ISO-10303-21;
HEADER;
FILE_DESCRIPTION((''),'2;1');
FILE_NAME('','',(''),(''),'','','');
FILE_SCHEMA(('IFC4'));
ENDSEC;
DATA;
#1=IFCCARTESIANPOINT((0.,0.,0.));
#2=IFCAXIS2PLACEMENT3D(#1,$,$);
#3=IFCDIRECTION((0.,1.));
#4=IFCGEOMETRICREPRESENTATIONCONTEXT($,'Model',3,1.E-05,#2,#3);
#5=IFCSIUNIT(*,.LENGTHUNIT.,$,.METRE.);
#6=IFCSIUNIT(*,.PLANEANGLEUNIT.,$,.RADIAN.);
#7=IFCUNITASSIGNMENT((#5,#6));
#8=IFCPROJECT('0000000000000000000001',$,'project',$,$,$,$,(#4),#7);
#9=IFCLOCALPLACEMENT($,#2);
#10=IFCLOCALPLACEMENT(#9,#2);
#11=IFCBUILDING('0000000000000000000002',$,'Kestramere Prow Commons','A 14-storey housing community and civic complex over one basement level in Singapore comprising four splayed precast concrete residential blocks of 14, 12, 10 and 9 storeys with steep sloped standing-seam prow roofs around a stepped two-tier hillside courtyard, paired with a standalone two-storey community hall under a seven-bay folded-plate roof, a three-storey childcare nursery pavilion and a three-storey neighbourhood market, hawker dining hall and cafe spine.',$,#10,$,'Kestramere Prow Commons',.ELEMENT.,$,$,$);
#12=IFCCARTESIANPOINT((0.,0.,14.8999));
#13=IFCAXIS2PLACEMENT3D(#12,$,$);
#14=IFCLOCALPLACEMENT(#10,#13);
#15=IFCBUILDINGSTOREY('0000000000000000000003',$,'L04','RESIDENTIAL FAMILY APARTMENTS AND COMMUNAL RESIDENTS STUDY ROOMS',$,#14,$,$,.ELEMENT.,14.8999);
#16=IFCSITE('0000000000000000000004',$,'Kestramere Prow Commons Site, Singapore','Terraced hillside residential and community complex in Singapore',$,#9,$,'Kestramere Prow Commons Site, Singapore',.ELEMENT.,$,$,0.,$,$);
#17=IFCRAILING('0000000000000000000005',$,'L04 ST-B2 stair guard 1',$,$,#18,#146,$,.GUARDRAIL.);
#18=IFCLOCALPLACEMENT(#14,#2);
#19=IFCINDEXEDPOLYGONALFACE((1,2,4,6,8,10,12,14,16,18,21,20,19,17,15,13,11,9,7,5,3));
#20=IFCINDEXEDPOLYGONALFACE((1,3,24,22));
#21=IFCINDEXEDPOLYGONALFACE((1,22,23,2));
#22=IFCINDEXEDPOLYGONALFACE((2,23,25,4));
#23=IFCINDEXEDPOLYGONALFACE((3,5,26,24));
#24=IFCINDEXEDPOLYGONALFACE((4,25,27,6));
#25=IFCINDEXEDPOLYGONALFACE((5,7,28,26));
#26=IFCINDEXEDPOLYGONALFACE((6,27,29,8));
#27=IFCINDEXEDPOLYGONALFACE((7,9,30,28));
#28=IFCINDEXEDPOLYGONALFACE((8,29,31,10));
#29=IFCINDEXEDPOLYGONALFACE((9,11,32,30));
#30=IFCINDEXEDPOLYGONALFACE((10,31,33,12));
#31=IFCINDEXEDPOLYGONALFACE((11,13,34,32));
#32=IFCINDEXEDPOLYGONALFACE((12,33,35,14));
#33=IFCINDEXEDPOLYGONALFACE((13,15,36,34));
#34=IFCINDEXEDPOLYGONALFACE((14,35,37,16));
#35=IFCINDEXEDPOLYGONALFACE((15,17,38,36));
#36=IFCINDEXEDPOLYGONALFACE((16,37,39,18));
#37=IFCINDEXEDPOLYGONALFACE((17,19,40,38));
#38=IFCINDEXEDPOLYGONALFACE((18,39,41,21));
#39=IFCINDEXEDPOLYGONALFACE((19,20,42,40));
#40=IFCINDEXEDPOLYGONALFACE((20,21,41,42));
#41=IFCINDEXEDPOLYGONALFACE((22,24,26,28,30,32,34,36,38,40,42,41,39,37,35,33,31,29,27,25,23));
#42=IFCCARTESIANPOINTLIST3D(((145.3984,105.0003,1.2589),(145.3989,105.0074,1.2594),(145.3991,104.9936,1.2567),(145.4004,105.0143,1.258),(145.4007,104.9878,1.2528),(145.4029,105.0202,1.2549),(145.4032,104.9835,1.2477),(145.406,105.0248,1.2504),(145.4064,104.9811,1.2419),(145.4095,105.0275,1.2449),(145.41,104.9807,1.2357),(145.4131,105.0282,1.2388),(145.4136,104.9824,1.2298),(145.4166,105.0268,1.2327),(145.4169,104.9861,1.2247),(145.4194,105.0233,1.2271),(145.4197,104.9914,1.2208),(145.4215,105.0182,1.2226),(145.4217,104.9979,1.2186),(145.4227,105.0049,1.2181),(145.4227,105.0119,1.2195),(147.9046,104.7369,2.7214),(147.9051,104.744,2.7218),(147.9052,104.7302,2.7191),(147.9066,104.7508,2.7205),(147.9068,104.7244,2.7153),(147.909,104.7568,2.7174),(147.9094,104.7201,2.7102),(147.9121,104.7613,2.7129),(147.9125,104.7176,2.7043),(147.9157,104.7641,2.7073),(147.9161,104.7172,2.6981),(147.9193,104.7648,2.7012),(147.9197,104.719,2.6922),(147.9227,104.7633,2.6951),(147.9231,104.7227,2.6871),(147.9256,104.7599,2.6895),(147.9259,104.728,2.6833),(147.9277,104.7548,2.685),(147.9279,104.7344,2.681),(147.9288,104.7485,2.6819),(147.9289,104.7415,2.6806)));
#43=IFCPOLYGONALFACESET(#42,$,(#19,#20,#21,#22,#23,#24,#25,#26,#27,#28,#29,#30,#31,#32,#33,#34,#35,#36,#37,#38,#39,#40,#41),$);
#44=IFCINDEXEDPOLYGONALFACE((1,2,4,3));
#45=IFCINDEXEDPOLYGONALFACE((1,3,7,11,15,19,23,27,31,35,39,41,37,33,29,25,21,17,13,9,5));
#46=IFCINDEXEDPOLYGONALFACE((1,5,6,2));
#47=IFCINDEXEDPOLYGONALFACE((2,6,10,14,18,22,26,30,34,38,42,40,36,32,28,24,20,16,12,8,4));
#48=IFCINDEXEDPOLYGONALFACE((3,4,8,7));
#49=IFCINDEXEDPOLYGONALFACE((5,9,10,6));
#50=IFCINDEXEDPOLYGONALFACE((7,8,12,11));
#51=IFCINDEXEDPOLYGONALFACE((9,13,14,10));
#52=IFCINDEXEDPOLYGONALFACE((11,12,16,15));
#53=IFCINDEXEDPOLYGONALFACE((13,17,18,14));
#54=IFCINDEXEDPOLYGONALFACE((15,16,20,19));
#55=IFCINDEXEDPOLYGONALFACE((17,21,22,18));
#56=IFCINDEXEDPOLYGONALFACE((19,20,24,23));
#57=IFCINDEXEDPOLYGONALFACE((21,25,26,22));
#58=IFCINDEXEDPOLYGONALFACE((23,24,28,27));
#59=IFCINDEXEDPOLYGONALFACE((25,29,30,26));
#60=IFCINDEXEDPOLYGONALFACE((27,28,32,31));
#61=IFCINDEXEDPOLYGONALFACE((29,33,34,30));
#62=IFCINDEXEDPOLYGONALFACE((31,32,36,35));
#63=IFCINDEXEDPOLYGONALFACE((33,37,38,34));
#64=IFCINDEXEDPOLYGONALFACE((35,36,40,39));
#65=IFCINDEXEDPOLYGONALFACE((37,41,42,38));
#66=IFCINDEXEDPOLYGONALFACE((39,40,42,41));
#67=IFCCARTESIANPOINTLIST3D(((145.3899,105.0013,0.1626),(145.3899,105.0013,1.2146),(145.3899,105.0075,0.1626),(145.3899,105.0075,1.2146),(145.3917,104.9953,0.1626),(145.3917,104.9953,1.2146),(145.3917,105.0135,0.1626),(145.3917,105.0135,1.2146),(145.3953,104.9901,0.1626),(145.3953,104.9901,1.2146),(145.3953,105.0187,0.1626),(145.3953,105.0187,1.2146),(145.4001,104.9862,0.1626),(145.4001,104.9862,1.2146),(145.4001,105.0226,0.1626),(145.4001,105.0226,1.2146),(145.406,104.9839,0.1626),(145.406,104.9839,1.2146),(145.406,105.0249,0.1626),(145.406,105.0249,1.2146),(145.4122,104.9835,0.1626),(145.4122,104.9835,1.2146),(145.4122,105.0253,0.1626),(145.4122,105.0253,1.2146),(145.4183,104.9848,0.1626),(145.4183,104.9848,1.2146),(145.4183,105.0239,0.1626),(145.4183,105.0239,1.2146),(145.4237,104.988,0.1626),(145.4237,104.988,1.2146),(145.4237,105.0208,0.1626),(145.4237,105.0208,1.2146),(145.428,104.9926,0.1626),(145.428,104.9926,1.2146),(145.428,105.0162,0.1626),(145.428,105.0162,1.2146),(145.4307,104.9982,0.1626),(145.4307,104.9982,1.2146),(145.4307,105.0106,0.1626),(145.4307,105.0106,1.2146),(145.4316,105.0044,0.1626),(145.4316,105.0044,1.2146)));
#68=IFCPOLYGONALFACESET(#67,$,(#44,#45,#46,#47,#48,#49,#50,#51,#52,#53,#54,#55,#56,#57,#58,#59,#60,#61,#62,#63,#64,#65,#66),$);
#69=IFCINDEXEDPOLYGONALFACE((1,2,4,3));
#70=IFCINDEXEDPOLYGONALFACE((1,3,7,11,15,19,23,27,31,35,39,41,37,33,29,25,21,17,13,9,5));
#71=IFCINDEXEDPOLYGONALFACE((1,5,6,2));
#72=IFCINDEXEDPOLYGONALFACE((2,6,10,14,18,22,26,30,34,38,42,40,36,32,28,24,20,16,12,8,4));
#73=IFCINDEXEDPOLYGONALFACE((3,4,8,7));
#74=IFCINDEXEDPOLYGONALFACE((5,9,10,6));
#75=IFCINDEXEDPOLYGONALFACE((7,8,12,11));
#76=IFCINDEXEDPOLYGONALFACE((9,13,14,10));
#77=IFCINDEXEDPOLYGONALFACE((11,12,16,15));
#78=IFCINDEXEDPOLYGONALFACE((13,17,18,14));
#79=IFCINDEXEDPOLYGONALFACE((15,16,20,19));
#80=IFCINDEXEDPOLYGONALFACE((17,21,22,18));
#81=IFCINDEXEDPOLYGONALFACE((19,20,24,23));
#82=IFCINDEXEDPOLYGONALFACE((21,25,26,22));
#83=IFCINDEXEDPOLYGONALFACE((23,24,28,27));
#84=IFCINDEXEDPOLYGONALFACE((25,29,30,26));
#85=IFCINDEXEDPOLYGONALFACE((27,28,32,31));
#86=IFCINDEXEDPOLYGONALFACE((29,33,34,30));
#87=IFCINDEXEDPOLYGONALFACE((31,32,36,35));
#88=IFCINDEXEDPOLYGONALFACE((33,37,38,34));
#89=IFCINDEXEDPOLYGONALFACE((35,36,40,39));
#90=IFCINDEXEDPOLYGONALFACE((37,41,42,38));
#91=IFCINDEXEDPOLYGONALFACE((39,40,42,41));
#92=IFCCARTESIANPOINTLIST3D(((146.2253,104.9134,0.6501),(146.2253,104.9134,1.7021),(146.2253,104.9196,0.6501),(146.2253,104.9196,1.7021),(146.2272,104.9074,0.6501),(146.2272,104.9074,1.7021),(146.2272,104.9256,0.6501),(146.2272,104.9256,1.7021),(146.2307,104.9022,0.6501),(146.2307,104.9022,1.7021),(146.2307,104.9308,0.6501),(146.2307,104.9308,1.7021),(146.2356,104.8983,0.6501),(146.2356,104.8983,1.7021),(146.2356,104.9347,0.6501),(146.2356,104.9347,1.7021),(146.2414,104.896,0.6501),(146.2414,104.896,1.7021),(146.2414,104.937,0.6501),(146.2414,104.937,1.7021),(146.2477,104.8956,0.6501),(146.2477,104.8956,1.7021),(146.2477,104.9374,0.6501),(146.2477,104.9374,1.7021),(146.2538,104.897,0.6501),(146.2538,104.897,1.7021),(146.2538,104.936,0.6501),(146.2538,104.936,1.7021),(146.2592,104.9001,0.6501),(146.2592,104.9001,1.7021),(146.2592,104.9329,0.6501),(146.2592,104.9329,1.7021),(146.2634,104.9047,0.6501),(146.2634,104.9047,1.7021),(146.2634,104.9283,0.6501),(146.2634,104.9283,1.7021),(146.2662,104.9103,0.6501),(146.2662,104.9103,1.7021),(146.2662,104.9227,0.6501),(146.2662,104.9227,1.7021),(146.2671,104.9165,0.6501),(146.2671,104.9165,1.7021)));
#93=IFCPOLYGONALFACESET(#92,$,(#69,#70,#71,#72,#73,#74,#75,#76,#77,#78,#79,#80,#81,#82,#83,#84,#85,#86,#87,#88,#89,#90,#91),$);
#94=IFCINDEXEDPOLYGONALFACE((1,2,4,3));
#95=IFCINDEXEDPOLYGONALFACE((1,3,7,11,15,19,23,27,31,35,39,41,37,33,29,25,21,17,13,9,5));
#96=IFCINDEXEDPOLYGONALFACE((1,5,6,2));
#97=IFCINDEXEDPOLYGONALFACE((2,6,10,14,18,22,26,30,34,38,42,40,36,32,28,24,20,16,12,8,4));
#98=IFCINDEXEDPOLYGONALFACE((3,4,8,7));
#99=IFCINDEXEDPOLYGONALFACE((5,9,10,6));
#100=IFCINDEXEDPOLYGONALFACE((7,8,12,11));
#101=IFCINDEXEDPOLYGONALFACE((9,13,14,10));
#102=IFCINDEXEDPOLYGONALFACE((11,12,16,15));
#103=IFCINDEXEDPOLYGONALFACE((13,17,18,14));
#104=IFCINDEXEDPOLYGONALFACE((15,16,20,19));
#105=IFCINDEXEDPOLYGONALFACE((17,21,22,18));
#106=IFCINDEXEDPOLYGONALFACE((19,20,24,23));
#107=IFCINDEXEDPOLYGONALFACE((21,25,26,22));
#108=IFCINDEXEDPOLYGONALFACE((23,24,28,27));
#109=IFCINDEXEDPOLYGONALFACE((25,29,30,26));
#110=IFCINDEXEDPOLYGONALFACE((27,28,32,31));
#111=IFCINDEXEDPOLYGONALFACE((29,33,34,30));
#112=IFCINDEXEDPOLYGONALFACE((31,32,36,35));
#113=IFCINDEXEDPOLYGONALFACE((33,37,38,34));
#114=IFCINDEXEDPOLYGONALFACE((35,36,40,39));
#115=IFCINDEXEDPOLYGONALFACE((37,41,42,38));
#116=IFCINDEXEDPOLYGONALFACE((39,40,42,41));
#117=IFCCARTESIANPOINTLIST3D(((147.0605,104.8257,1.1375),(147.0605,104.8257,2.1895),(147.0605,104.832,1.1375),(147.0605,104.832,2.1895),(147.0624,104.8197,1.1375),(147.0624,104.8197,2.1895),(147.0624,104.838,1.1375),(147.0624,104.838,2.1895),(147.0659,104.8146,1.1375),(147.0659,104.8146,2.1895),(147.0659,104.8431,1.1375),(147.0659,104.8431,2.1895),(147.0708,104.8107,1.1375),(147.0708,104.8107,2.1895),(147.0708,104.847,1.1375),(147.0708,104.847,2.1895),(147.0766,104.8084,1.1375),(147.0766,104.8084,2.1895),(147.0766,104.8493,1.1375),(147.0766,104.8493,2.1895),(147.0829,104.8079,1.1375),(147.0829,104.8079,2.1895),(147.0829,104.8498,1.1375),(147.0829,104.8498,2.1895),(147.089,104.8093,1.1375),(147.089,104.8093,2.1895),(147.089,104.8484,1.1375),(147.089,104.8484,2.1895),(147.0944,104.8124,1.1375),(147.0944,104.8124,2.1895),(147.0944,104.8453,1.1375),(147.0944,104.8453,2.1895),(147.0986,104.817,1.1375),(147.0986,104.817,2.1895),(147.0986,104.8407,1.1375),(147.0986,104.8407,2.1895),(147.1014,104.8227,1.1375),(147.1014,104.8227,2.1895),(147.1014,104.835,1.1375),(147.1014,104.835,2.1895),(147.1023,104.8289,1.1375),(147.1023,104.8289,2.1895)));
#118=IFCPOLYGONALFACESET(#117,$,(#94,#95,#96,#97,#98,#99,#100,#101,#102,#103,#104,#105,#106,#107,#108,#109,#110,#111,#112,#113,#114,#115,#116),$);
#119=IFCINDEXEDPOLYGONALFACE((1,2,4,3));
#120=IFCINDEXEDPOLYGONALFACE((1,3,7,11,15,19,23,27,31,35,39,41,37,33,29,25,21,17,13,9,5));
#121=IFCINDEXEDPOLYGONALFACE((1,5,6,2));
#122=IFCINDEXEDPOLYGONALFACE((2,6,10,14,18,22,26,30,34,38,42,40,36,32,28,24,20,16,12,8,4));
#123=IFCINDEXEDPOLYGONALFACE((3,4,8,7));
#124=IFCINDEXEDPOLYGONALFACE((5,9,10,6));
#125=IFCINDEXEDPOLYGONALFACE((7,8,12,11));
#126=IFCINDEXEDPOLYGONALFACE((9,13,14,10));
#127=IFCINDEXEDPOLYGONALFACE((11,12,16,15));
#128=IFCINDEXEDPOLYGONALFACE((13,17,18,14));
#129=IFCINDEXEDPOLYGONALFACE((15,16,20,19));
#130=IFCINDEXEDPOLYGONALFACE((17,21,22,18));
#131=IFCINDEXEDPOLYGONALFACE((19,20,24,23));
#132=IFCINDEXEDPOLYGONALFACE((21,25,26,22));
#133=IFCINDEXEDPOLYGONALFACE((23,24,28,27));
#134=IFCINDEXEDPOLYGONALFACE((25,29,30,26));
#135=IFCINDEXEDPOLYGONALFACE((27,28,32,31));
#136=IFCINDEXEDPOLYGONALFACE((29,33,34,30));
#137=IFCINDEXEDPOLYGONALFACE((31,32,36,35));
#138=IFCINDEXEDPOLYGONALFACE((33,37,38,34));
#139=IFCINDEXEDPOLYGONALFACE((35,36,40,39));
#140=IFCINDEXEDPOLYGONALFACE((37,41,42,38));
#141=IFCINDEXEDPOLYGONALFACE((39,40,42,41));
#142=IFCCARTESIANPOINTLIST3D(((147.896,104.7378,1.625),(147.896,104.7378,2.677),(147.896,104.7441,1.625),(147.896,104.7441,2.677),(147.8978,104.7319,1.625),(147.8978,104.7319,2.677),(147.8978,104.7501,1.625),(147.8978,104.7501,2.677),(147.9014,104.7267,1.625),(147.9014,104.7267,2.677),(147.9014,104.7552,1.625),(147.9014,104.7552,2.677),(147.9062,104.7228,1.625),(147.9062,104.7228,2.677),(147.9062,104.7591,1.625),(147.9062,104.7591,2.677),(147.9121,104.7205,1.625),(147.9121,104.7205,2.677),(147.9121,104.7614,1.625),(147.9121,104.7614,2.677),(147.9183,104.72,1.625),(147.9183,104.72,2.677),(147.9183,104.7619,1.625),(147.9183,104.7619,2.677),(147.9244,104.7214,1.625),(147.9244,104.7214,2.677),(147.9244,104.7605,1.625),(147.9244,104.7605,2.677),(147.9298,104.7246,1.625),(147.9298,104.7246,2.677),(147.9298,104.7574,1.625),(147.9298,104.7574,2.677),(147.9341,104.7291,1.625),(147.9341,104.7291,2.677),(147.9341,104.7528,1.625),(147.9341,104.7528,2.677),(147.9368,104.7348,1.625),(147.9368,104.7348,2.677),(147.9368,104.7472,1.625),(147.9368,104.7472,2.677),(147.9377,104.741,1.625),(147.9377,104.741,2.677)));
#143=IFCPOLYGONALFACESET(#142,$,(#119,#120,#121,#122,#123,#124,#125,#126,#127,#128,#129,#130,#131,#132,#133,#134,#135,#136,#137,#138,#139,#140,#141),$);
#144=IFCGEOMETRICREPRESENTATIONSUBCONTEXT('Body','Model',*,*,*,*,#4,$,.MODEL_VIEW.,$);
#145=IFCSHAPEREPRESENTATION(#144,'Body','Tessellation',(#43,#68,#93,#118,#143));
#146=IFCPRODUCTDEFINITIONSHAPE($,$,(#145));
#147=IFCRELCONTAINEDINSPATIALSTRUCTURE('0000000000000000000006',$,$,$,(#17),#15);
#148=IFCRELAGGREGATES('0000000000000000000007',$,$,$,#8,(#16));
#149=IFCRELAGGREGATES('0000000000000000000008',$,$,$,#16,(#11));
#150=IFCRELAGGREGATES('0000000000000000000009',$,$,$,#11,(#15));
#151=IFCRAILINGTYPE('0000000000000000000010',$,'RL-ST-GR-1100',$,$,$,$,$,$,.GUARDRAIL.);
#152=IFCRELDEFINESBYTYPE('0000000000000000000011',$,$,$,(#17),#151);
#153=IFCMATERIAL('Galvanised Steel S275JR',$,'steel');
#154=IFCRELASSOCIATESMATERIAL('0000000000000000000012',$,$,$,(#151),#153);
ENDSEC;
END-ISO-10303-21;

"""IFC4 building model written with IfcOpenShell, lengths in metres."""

from ifc_helpers import new_model, si_unit, direction, frame, origin, origin_2d, place, context, subcontext, project, spatial, circle, extrude, material, type_object, element, save


model = new_model("IFC4")

# Units and contexts
model_context = context("Model", 3, precision=1e-05, world=origin(), true_north=direction((0.0, 1.0)))
body_context = subcontext(model_context, "Body", "Model", "MODEL_VIEW")
ifc_project = project(units=[si_unit("LENGTHUNIT", "METRE"), si_unit("PLANEANGLEUNIT", "RADIAN")], contexts=[model_context])

# Site, building, storey
site_placement = place(None, origin())
site = spatial("IfcSite", under=ifc_project, at=site_placement, Name="Kestramere Prow Commons Site, Singapore", Description="Terraced hillside residential and community complex in Singapore", LongName="Kestramere Prow Commons Site, Singapore", CompositionType="ELEMENT", RefElevation=0.0)
building_placement = place(site_placement, origin())
building = spatial("IfcBuilding", under=site, at=building_placement, Name="Kestramere Prow Commons", Description="A 14-storey housing community and civic complex over one basement level in Singapore comprising four splayed precast concrete residential blocks of 14, 12, 10 and 9 storeys with steep sloped standing-seam prow roofs around a stepped two-tier hillside courtyard, paired with a standalone two-storey community hall under a seven-bay folded-plate roof, a three-storey childcare nursery pavilion and a three-storey neighbourhood market, hawker dining hall and cafe spine.", LongName="Kestramere Prow Commons", CompositionType="ELEMENT")
storey_placement = place(building_placement, frame((0.0, 0.0, 14.8999)))
storey = spatial("IfcBuildingStorey", under=building, at=storey_placement, Name="L04", Description="RESIDENTIAL FAMILY APARTMENTS AND COMMUNAL RESIDENTS STUDY ROOMS", CompositionType="ELEMENT", Elevation=14.8999)

# Railing
ifc_material_1 = material(Name="Galvanised Steel S275JR", Category="steel")
railing_type_1 = type_object("IfcRailingType", Name="RL-ST-GR-1100", PredefinedType="GUARDRAIL", material=ifc_material_1)
railing_1_placement = place(storey_placement, frame((145.4106, 105.0044, 0.1626)))
element("IfcRailing", 1, at=railing_1_placement, inside=storey, type_object=railing_type_1, Name="L04 ST-B2 stair guard 1", PredefinedType="GUARDRAIL", context=body_context, shape_type="SweptSolid", body=[
    extrude(circle(Radius=0.0239, at=origin_2d()), frame((0.0, 0.0, 1.0762), z_axis=(0.860165, -0.090416, 0.501937), x_axis=(0.104539, 0.994521, 0.0)), (0.0, 0.0, 1.0), 2.9136),
    extrude(circle(Radius=0.021, at=origin_2d()), origin(), (0.0, 0.0, 1.0), 1.052),
    extrude(circle(Radius=0.021, at=origin_2d()), frame((0.8354, -0.0879, 0.4875)), (0.0, 0.0, 1.0), 1.052),
    extrude(circle(Radius=0.021, at=origin_2d()), frame((1.6707, -0.1755, 0.9749)), (0.0, 0.0, 1.0), 1.052),
    extrude(circle(Radius=0.021, at=origin_2d()), frame((2.5061, -0.2634, 1.4624)), (0.0, 0.0, 1.0), 1.052),
])

save(model, "model.ifc")
